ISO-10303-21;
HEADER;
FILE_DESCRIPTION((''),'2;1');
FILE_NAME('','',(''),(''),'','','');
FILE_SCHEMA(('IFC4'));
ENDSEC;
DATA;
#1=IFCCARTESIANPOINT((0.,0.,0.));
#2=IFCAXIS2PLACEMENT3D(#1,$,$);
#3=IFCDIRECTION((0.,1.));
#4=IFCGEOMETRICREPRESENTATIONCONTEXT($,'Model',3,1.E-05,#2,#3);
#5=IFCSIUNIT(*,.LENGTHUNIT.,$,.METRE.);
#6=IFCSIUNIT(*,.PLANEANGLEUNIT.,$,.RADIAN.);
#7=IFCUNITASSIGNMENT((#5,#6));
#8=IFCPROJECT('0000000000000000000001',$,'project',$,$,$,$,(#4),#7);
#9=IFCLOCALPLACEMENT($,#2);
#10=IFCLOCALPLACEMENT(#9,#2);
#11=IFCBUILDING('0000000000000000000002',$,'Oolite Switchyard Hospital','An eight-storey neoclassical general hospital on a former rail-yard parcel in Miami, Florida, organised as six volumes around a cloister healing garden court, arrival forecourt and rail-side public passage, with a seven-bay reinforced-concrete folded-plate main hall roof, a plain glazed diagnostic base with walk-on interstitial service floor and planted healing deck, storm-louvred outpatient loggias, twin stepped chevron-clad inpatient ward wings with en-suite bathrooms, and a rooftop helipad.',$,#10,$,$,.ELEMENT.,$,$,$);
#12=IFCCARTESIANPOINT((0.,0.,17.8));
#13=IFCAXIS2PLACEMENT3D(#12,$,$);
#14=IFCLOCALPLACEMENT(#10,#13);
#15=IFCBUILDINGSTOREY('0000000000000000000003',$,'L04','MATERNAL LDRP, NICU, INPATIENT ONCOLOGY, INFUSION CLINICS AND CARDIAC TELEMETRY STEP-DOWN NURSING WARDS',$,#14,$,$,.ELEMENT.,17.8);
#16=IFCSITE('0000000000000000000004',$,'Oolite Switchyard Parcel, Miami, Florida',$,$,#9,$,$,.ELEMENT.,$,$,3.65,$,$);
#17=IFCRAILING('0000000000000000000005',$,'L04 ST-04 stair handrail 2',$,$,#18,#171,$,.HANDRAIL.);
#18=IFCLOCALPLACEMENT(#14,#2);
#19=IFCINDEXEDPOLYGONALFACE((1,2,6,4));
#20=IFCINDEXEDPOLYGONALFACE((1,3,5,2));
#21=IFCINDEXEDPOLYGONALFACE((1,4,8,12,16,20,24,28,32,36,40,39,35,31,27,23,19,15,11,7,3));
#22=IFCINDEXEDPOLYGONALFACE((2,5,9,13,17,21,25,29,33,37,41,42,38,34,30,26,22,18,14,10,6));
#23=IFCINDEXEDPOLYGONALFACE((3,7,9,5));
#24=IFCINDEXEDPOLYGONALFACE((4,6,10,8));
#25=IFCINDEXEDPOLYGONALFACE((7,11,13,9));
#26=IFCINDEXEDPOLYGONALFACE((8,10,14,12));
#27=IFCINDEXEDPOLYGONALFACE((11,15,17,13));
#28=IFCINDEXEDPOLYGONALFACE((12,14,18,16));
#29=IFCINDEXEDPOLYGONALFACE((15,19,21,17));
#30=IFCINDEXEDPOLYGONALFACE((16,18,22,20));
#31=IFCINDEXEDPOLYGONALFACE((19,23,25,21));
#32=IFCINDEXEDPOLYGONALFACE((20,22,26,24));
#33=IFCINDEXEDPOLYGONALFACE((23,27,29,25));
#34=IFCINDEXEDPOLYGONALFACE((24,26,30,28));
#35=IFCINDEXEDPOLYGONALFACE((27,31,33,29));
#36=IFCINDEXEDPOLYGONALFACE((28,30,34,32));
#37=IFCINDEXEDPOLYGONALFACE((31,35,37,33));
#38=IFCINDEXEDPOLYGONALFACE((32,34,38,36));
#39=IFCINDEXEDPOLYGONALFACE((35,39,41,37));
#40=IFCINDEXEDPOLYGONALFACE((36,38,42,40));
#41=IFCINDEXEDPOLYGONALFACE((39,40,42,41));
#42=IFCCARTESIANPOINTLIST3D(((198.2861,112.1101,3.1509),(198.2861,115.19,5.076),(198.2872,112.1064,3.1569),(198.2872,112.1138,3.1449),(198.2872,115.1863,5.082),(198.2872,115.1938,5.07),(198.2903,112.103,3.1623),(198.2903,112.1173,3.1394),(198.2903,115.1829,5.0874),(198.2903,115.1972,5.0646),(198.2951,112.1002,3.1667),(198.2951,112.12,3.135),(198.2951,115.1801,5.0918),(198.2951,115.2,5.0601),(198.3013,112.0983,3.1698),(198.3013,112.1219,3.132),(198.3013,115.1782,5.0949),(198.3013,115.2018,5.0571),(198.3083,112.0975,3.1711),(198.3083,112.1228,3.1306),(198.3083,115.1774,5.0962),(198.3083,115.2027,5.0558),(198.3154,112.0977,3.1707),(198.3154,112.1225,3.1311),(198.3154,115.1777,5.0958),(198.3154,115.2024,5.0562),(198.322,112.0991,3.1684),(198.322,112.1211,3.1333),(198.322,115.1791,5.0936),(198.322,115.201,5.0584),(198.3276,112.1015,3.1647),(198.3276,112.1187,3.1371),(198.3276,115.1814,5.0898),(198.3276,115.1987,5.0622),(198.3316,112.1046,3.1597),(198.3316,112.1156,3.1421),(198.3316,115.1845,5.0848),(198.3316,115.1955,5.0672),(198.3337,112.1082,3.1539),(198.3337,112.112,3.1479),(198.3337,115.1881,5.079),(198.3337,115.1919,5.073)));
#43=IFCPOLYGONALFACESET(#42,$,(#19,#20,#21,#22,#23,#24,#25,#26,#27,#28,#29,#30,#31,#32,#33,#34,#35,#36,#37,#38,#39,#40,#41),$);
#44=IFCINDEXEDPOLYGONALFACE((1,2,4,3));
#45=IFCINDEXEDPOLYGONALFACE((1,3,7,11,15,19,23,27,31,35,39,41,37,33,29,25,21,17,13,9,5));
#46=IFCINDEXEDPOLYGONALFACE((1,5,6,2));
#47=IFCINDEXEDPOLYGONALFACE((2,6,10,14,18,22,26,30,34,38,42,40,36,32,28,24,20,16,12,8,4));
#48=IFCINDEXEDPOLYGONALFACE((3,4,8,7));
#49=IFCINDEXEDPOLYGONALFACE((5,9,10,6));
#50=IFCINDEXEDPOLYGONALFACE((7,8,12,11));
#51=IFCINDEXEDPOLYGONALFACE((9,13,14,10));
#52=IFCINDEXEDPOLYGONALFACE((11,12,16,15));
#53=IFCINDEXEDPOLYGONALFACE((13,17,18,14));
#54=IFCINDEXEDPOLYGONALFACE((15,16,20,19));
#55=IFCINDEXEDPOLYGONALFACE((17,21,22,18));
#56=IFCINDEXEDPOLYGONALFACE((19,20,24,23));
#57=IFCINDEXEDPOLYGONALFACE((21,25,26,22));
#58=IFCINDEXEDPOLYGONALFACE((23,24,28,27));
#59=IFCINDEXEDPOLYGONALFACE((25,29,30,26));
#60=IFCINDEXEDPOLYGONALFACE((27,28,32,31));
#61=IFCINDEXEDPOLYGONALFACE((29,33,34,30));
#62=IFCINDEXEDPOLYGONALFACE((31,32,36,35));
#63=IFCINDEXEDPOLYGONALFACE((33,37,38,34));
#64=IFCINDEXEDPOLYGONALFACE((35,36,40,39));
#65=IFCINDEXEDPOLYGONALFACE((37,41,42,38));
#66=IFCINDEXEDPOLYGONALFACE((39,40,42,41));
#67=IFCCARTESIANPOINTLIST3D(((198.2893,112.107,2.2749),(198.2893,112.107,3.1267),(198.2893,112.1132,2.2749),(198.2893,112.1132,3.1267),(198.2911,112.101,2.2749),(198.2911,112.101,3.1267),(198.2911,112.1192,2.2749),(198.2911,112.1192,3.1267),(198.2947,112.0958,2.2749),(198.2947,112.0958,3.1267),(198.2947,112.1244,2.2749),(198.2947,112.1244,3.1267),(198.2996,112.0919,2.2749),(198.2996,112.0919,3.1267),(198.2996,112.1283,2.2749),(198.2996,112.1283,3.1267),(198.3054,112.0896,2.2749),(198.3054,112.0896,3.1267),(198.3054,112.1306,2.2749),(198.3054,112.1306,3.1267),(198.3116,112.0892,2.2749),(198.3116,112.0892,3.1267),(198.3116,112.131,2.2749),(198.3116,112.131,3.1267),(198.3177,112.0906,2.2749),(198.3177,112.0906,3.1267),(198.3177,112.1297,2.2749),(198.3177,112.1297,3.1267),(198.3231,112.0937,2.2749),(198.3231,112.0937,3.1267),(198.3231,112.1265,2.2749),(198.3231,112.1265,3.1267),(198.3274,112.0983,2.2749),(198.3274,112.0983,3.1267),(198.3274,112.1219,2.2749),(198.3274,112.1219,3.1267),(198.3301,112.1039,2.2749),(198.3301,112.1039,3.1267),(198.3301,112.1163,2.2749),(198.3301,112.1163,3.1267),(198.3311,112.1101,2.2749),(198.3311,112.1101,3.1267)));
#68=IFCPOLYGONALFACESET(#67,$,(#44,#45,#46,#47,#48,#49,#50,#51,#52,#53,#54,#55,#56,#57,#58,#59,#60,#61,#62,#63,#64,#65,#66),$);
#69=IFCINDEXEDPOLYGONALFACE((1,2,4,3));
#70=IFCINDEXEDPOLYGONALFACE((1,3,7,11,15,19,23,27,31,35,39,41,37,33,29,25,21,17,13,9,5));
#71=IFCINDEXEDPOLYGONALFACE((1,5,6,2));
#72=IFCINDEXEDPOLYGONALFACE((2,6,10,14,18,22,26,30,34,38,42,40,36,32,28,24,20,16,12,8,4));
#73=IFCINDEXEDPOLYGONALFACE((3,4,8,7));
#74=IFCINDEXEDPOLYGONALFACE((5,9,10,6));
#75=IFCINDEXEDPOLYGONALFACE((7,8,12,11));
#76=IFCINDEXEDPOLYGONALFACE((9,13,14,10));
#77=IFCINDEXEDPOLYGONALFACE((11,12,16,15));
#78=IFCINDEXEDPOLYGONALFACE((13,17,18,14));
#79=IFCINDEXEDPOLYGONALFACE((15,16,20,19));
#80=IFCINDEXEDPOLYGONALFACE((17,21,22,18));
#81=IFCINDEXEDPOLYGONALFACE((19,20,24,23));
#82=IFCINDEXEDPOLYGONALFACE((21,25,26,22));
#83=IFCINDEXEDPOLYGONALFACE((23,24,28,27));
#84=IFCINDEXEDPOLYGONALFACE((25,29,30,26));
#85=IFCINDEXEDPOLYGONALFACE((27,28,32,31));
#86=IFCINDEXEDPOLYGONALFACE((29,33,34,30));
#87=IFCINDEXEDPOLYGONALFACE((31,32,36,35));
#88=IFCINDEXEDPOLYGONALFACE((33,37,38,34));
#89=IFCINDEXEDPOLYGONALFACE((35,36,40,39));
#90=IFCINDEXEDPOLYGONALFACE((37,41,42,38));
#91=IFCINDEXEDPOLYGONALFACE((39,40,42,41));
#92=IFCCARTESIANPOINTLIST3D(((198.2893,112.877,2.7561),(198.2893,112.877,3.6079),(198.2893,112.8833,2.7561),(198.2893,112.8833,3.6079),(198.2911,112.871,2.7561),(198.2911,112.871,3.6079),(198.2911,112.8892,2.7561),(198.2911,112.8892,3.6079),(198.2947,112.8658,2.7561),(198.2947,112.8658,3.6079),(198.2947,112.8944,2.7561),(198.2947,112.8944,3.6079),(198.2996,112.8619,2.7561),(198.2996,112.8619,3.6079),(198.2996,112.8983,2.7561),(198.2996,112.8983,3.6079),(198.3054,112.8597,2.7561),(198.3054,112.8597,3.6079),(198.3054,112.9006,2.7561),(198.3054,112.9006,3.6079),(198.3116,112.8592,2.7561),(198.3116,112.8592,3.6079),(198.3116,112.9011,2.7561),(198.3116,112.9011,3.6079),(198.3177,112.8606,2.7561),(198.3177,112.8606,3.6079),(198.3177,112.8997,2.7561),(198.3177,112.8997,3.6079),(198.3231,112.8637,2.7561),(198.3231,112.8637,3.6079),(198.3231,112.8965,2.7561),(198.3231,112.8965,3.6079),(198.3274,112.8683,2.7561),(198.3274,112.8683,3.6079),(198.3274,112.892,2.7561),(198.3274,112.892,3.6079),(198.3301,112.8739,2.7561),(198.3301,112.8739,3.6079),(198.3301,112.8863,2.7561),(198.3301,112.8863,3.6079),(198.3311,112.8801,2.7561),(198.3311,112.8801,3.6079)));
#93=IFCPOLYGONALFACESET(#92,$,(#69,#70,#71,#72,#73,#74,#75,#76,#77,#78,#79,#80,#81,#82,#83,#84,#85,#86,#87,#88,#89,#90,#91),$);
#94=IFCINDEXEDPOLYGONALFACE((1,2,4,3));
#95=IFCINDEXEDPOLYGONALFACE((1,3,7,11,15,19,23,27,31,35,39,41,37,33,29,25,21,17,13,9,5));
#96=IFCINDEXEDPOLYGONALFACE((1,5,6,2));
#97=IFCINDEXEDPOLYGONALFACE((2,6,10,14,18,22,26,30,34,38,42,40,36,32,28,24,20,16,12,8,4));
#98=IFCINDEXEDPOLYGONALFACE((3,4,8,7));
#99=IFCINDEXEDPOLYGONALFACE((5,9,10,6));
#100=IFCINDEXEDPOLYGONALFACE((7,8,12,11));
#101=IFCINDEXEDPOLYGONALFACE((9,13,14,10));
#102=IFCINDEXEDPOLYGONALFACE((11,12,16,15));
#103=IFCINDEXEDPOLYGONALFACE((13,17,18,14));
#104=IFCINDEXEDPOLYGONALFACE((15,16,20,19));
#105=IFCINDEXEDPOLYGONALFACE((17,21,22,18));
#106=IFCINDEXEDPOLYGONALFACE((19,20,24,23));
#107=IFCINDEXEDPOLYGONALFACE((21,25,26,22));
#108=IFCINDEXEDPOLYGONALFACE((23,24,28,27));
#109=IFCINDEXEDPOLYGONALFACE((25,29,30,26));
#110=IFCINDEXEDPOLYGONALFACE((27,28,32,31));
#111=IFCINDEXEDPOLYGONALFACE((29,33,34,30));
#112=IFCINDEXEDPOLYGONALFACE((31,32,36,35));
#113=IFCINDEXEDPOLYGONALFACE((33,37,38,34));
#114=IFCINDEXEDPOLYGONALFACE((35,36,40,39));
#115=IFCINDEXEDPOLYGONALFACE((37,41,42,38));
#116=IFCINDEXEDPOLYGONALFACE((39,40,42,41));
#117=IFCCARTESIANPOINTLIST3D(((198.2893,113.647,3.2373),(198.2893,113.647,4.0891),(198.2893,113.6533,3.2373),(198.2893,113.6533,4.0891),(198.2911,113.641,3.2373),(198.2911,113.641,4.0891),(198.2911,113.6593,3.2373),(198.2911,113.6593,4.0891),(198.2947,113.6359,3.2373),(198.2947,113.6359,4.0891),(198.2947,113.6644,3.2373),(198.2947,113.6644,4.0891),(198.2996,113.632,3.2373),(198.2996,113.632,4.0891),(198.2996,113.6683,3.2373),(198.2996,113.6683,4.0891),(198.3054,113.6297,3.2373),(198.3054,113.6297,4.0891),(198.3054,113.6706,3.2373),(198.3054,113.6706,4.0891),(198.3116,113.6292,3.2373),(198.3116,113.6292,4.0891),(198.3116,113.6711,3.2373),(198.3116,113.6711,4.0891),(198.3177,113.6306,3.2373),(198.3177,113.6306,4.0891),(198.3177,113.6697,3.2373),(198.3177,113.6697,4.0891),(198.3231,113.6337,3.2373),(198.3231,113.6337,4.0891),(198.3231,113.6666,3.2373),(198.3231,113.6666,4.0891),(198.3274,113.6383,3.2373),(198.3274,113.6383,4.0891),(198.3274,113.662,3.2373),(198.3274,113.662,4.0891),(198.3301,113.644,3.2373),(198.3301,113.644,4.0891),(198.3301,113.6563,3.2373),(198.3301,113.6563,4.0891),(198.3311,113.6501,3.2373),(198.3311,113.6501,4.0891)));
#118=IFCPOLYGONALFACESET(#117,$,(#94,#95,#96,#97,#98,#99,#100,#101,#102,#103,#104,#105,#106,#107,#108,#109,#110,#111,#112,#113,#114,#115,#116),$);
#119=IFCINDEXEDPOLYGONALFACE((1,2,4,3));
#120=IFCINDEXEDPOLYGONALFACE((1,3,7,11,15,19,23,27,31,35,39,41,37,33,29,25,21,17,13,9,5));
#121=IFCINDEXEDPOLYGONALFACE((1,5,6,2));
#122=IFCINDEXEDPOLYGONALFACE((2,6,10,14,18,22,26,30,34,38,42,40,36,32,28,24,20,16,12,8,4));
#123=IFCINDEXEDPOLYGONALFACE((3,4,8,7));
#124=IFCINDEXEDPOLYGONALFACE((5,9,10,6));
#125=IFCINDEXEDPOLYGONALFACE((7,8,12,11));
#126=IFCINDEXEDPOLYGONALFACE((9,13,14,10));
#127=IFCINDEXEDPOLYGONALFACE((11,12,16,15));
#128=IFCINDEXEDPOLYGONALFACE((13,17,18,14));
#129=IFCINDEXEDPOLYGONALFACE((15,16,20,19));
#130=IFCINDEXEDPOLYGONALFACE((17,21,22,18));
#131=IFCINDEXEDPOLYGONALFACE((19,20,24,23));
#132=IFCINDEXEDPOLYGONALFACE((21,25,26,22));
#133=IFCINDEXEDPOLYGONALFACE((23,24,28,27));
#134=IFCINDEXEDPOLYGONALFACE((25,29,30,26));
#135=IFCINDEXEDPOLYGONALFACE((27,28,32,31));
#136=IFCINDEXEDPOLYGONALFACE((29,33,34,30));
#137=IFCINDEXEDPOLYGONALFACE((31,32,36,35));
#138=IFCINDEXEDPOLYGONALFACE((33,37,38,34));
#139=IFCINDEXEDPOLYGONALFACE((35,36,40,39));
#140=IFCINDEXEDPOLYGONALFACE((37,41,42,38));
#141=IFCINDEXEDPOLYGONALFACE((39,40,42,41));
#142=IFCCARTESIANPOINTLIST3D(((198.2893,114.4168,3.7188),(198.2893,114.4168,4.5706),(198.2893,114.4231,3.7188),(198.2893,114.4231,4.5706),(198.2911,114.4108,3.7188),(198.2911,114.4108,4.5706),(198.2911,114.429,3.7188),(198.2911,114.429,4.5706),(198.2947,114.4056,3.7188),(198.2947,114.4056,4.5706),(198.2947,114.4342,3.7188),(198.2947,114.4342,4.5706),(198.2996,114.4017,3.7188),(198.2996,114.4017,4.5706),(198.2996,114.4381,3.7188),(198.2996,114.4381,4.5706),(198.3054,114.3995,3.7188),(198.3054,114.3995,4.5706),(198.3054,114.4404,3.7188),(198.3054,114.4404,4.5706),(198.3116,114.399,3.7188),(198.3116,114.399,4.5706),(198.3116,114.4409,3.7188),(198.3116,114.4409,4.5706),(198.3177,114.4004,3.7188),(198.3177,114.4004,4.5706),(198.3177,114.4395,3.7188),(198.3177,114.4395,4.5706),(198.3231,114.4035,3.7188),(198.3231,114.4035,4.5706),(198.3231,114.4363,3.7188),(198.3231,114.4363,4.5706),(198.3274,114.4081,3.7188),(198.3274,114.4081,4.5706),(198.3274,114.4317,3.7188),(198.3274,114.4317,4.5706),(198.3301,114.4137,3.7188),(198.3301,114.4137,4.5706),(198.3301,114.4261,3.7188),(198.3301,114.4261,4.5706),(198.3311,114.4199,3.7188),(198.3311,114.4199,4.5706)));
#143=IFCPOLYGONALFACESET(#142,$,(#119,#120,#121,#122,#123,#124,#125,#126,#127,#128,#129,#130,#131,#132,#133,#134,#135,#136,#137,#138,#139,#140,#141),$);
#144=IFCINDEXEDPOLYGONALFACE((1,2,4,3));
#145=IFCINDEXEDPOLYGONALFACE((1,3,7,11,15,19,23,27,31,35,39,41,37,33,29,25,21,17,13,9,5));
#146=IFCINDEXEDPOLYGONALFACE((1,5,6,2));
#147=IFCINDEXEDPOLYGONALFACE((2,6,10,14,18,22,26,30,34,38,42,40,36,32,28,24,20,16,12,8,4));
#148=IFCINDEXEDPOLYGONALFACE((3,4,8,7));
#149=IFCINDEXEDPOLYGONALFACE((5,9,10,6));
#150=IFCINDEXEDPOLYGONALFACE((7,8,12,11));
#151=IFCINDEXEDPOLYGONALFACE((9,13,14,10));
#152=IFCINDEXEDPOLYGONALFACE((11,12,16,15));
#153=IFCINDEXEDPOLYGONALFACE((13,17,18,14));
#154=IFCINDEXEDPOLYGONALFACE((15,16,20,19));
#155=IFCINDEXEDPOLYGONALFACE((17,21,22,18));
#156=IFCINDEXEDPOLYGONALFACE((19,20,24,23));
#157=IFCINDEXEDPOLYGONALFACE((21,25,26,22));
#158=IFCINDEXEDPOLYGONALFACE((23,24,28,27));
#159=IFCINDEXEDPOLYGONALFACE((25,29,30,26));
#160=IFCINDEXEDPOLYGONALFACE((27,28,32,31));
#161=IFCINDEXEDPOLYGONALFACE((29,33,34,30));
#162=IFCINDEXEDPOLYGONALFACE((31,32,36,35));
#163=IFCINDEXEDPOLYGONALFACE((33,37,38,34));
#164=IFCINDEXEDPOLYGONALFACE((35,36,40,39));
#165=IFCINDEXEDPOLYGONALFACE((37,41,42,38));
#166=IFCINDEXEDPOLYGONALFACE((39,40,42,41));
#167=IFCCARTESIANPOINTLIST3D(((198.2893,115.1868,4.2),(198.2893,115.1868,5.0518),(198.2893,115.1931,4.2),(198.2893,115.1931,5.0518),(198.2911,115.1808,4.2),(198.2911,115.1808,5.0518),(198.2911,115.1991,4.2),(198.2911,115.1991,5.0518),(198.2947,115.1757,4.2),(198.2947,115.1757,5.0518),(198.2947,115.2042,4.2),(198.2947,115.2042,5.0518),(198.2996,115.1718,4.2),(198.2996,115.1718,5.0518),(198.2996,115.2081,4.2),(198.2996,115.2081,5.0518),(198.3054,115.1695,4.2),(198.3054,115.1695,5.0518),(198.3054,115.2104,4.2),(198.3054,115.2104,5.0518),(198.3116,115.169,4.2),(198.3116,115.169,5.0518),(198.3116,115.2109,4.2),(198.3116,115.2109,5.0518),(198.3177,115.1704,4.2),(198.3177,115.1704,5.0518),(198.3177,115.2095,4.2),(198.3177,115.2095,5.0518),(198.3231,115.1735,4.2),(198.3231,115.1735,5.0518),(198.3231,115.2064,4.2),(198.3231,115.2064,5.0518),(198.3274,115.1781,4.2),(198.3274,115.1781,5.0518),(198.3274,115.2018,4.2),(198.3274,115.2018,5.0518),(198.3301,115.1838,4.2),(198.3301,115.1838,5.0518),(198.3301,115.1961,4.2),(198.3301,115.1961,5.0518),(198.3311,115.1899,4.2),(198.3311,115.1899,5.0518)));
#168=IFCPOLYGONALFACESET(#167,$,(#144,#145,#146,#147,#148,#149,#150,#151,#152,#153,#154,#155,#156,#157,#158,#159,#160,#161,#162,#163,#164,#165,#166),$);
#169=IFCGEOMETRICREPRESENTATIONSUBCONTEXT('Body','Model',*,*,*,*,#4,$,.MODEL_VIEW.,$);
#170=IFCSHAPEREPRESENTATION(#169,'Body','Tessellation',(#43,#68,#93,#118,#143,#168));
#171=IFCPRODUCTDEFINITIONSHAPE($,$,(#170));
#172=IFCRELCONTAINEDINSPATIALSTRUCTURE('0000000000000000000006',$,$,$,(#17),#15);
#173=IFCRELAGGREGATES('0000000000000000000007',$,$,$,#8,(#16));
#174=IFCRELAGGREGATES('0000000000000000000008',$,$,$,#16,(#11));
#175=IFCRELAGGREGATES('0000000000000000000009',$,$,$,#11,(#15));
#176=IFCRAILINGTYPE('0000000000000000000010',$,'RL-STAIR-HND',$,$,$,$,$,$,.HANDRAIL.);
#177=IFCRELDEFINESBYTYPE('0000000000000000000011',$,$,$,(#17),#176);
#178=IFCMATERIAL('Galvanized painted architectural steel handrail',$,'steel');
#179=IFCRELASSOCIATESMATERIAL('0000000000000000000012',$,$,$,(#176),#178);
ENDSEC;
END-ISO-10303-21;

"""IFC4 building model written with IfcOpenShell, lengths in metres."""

from ifc_helpers import new_model, si_unit, direction, frame, origin, origin_2d, place, context, subcontext, project, spatial, circle, extrude, material, type_object, element, save


model = new_model("IFC4")

# Units and contexts
model_context = context("Model", 3, precision=1e-05, world=origin(), true_north=direction((0.0, 1.0)))
body_context = subcontext(model_context, "Body", "Model", "MODEL_VIEW")
ifc_project = project(units=[si_unit("LENGTHUNIT", "METRE"), si_unit("PLANEANGLEUNIT", "RADIAN")], contexts=[model_context])

# Site, building, storey
site_placement = place(None, origin())
site = spatial("IfcSite", under=ifc_project, at=site_placement, Name="Oolite Switchyard Parcel, Miami, Florida", CompositionType="ELEMENT", RefElevation=3.65)
building_placement = place(site_placement, origin())
building = spatial("IfcBuilding", under=site, at=building_placement, Name="Oolite Switchyard Hospital", Description="An eight-storey neoclassical general hospital on a former rail-yard parcel in Miami, Florida, organised as six volumes around a cloister healing garden court, arrival forecourt and rail-side public passage, with a seven-bay reinforced-concrete folded-plate main hall roof, a plain glazed diagnostic base with walk-on interstitial service floor and planted healing deck, storm-louvred outpatient loggias, twin stepped chevron-clad inpatient ward wings with en-suite bathrooms, and a rooftop helipad.", CompositionType="ELEMENT")
storey_placement = place(building_placement, frame((0.0, 0.0, 17.8)))
storey = spatial("IfcBuildingStorey", under=building, at=storey_placement, Name="L04", Description="MATERNAL LDRP, NICU, INPATIENT ONCOLOGY, INFUSION CLINICS AND CARDIAC TELEMETRY STEP-DOWN NURSING WARDS", CompositionType="ELEMENT", Elevation=17.8)

# Railing
ifc_material_1 = material(Name="Galvanized painted architectural steel handrail", Category="steel")
railing_type_1 = type_object("IfcRailingType", Name="RL-STAIR-HND", PredefinedType="HANDRAIL", material=ifc_material_1)
railing_1_placement = place(storey_placement, frame((198.3101, 112.1101, 2.2749)))
element("IfcRailing", 1, at=railing_1_placement, inside=storey, type_object=railing_type_1, Name="L04 ST-04 stair handrail 2", PredefinedType="HANDRAIL", context=body_context, shape_type="SweptSolid", body=[
    extrude(circle(Radius=0.0239, at=origin_2d()), frame((0.0, 0.0, 0.876), z_axis=(0.0, 0.847979, 0.530029), x_axis=(-1.0, 0.0, 0.0)), (0.0, 0.0, 1.0), 3.6321),
    extrude(circle(Radius=0.021, at=origin_2d()), origin(), (0.0, 0.0, 1.0), 0.8518),
    extrude(circle(Radius=0.021, at=origin_2d()), frame((0.0, 0.77, 0.4812)), (0.0, 0.0, 1.0), 0.8518),
    extrude(circle(Radius=0.021, at=origin_2d()), frame((0.0, 1.54, 0.9624)), (0.0, 0.0, 1.0), 0.8518),
    extrude(circle(Radius=0.021, at=origin_2d()), frame((0.0, 2.3098, 1.4438)), (0.0, 0.0, 1.0), 0.8518),
    extrude(circle(Radius=0.021, at=origin_2d()), frame((0.0, 3.0798, 1.925)), (0.0, 0.0, 1.0), 0.8518),
])

save(model, "model.ifc")
